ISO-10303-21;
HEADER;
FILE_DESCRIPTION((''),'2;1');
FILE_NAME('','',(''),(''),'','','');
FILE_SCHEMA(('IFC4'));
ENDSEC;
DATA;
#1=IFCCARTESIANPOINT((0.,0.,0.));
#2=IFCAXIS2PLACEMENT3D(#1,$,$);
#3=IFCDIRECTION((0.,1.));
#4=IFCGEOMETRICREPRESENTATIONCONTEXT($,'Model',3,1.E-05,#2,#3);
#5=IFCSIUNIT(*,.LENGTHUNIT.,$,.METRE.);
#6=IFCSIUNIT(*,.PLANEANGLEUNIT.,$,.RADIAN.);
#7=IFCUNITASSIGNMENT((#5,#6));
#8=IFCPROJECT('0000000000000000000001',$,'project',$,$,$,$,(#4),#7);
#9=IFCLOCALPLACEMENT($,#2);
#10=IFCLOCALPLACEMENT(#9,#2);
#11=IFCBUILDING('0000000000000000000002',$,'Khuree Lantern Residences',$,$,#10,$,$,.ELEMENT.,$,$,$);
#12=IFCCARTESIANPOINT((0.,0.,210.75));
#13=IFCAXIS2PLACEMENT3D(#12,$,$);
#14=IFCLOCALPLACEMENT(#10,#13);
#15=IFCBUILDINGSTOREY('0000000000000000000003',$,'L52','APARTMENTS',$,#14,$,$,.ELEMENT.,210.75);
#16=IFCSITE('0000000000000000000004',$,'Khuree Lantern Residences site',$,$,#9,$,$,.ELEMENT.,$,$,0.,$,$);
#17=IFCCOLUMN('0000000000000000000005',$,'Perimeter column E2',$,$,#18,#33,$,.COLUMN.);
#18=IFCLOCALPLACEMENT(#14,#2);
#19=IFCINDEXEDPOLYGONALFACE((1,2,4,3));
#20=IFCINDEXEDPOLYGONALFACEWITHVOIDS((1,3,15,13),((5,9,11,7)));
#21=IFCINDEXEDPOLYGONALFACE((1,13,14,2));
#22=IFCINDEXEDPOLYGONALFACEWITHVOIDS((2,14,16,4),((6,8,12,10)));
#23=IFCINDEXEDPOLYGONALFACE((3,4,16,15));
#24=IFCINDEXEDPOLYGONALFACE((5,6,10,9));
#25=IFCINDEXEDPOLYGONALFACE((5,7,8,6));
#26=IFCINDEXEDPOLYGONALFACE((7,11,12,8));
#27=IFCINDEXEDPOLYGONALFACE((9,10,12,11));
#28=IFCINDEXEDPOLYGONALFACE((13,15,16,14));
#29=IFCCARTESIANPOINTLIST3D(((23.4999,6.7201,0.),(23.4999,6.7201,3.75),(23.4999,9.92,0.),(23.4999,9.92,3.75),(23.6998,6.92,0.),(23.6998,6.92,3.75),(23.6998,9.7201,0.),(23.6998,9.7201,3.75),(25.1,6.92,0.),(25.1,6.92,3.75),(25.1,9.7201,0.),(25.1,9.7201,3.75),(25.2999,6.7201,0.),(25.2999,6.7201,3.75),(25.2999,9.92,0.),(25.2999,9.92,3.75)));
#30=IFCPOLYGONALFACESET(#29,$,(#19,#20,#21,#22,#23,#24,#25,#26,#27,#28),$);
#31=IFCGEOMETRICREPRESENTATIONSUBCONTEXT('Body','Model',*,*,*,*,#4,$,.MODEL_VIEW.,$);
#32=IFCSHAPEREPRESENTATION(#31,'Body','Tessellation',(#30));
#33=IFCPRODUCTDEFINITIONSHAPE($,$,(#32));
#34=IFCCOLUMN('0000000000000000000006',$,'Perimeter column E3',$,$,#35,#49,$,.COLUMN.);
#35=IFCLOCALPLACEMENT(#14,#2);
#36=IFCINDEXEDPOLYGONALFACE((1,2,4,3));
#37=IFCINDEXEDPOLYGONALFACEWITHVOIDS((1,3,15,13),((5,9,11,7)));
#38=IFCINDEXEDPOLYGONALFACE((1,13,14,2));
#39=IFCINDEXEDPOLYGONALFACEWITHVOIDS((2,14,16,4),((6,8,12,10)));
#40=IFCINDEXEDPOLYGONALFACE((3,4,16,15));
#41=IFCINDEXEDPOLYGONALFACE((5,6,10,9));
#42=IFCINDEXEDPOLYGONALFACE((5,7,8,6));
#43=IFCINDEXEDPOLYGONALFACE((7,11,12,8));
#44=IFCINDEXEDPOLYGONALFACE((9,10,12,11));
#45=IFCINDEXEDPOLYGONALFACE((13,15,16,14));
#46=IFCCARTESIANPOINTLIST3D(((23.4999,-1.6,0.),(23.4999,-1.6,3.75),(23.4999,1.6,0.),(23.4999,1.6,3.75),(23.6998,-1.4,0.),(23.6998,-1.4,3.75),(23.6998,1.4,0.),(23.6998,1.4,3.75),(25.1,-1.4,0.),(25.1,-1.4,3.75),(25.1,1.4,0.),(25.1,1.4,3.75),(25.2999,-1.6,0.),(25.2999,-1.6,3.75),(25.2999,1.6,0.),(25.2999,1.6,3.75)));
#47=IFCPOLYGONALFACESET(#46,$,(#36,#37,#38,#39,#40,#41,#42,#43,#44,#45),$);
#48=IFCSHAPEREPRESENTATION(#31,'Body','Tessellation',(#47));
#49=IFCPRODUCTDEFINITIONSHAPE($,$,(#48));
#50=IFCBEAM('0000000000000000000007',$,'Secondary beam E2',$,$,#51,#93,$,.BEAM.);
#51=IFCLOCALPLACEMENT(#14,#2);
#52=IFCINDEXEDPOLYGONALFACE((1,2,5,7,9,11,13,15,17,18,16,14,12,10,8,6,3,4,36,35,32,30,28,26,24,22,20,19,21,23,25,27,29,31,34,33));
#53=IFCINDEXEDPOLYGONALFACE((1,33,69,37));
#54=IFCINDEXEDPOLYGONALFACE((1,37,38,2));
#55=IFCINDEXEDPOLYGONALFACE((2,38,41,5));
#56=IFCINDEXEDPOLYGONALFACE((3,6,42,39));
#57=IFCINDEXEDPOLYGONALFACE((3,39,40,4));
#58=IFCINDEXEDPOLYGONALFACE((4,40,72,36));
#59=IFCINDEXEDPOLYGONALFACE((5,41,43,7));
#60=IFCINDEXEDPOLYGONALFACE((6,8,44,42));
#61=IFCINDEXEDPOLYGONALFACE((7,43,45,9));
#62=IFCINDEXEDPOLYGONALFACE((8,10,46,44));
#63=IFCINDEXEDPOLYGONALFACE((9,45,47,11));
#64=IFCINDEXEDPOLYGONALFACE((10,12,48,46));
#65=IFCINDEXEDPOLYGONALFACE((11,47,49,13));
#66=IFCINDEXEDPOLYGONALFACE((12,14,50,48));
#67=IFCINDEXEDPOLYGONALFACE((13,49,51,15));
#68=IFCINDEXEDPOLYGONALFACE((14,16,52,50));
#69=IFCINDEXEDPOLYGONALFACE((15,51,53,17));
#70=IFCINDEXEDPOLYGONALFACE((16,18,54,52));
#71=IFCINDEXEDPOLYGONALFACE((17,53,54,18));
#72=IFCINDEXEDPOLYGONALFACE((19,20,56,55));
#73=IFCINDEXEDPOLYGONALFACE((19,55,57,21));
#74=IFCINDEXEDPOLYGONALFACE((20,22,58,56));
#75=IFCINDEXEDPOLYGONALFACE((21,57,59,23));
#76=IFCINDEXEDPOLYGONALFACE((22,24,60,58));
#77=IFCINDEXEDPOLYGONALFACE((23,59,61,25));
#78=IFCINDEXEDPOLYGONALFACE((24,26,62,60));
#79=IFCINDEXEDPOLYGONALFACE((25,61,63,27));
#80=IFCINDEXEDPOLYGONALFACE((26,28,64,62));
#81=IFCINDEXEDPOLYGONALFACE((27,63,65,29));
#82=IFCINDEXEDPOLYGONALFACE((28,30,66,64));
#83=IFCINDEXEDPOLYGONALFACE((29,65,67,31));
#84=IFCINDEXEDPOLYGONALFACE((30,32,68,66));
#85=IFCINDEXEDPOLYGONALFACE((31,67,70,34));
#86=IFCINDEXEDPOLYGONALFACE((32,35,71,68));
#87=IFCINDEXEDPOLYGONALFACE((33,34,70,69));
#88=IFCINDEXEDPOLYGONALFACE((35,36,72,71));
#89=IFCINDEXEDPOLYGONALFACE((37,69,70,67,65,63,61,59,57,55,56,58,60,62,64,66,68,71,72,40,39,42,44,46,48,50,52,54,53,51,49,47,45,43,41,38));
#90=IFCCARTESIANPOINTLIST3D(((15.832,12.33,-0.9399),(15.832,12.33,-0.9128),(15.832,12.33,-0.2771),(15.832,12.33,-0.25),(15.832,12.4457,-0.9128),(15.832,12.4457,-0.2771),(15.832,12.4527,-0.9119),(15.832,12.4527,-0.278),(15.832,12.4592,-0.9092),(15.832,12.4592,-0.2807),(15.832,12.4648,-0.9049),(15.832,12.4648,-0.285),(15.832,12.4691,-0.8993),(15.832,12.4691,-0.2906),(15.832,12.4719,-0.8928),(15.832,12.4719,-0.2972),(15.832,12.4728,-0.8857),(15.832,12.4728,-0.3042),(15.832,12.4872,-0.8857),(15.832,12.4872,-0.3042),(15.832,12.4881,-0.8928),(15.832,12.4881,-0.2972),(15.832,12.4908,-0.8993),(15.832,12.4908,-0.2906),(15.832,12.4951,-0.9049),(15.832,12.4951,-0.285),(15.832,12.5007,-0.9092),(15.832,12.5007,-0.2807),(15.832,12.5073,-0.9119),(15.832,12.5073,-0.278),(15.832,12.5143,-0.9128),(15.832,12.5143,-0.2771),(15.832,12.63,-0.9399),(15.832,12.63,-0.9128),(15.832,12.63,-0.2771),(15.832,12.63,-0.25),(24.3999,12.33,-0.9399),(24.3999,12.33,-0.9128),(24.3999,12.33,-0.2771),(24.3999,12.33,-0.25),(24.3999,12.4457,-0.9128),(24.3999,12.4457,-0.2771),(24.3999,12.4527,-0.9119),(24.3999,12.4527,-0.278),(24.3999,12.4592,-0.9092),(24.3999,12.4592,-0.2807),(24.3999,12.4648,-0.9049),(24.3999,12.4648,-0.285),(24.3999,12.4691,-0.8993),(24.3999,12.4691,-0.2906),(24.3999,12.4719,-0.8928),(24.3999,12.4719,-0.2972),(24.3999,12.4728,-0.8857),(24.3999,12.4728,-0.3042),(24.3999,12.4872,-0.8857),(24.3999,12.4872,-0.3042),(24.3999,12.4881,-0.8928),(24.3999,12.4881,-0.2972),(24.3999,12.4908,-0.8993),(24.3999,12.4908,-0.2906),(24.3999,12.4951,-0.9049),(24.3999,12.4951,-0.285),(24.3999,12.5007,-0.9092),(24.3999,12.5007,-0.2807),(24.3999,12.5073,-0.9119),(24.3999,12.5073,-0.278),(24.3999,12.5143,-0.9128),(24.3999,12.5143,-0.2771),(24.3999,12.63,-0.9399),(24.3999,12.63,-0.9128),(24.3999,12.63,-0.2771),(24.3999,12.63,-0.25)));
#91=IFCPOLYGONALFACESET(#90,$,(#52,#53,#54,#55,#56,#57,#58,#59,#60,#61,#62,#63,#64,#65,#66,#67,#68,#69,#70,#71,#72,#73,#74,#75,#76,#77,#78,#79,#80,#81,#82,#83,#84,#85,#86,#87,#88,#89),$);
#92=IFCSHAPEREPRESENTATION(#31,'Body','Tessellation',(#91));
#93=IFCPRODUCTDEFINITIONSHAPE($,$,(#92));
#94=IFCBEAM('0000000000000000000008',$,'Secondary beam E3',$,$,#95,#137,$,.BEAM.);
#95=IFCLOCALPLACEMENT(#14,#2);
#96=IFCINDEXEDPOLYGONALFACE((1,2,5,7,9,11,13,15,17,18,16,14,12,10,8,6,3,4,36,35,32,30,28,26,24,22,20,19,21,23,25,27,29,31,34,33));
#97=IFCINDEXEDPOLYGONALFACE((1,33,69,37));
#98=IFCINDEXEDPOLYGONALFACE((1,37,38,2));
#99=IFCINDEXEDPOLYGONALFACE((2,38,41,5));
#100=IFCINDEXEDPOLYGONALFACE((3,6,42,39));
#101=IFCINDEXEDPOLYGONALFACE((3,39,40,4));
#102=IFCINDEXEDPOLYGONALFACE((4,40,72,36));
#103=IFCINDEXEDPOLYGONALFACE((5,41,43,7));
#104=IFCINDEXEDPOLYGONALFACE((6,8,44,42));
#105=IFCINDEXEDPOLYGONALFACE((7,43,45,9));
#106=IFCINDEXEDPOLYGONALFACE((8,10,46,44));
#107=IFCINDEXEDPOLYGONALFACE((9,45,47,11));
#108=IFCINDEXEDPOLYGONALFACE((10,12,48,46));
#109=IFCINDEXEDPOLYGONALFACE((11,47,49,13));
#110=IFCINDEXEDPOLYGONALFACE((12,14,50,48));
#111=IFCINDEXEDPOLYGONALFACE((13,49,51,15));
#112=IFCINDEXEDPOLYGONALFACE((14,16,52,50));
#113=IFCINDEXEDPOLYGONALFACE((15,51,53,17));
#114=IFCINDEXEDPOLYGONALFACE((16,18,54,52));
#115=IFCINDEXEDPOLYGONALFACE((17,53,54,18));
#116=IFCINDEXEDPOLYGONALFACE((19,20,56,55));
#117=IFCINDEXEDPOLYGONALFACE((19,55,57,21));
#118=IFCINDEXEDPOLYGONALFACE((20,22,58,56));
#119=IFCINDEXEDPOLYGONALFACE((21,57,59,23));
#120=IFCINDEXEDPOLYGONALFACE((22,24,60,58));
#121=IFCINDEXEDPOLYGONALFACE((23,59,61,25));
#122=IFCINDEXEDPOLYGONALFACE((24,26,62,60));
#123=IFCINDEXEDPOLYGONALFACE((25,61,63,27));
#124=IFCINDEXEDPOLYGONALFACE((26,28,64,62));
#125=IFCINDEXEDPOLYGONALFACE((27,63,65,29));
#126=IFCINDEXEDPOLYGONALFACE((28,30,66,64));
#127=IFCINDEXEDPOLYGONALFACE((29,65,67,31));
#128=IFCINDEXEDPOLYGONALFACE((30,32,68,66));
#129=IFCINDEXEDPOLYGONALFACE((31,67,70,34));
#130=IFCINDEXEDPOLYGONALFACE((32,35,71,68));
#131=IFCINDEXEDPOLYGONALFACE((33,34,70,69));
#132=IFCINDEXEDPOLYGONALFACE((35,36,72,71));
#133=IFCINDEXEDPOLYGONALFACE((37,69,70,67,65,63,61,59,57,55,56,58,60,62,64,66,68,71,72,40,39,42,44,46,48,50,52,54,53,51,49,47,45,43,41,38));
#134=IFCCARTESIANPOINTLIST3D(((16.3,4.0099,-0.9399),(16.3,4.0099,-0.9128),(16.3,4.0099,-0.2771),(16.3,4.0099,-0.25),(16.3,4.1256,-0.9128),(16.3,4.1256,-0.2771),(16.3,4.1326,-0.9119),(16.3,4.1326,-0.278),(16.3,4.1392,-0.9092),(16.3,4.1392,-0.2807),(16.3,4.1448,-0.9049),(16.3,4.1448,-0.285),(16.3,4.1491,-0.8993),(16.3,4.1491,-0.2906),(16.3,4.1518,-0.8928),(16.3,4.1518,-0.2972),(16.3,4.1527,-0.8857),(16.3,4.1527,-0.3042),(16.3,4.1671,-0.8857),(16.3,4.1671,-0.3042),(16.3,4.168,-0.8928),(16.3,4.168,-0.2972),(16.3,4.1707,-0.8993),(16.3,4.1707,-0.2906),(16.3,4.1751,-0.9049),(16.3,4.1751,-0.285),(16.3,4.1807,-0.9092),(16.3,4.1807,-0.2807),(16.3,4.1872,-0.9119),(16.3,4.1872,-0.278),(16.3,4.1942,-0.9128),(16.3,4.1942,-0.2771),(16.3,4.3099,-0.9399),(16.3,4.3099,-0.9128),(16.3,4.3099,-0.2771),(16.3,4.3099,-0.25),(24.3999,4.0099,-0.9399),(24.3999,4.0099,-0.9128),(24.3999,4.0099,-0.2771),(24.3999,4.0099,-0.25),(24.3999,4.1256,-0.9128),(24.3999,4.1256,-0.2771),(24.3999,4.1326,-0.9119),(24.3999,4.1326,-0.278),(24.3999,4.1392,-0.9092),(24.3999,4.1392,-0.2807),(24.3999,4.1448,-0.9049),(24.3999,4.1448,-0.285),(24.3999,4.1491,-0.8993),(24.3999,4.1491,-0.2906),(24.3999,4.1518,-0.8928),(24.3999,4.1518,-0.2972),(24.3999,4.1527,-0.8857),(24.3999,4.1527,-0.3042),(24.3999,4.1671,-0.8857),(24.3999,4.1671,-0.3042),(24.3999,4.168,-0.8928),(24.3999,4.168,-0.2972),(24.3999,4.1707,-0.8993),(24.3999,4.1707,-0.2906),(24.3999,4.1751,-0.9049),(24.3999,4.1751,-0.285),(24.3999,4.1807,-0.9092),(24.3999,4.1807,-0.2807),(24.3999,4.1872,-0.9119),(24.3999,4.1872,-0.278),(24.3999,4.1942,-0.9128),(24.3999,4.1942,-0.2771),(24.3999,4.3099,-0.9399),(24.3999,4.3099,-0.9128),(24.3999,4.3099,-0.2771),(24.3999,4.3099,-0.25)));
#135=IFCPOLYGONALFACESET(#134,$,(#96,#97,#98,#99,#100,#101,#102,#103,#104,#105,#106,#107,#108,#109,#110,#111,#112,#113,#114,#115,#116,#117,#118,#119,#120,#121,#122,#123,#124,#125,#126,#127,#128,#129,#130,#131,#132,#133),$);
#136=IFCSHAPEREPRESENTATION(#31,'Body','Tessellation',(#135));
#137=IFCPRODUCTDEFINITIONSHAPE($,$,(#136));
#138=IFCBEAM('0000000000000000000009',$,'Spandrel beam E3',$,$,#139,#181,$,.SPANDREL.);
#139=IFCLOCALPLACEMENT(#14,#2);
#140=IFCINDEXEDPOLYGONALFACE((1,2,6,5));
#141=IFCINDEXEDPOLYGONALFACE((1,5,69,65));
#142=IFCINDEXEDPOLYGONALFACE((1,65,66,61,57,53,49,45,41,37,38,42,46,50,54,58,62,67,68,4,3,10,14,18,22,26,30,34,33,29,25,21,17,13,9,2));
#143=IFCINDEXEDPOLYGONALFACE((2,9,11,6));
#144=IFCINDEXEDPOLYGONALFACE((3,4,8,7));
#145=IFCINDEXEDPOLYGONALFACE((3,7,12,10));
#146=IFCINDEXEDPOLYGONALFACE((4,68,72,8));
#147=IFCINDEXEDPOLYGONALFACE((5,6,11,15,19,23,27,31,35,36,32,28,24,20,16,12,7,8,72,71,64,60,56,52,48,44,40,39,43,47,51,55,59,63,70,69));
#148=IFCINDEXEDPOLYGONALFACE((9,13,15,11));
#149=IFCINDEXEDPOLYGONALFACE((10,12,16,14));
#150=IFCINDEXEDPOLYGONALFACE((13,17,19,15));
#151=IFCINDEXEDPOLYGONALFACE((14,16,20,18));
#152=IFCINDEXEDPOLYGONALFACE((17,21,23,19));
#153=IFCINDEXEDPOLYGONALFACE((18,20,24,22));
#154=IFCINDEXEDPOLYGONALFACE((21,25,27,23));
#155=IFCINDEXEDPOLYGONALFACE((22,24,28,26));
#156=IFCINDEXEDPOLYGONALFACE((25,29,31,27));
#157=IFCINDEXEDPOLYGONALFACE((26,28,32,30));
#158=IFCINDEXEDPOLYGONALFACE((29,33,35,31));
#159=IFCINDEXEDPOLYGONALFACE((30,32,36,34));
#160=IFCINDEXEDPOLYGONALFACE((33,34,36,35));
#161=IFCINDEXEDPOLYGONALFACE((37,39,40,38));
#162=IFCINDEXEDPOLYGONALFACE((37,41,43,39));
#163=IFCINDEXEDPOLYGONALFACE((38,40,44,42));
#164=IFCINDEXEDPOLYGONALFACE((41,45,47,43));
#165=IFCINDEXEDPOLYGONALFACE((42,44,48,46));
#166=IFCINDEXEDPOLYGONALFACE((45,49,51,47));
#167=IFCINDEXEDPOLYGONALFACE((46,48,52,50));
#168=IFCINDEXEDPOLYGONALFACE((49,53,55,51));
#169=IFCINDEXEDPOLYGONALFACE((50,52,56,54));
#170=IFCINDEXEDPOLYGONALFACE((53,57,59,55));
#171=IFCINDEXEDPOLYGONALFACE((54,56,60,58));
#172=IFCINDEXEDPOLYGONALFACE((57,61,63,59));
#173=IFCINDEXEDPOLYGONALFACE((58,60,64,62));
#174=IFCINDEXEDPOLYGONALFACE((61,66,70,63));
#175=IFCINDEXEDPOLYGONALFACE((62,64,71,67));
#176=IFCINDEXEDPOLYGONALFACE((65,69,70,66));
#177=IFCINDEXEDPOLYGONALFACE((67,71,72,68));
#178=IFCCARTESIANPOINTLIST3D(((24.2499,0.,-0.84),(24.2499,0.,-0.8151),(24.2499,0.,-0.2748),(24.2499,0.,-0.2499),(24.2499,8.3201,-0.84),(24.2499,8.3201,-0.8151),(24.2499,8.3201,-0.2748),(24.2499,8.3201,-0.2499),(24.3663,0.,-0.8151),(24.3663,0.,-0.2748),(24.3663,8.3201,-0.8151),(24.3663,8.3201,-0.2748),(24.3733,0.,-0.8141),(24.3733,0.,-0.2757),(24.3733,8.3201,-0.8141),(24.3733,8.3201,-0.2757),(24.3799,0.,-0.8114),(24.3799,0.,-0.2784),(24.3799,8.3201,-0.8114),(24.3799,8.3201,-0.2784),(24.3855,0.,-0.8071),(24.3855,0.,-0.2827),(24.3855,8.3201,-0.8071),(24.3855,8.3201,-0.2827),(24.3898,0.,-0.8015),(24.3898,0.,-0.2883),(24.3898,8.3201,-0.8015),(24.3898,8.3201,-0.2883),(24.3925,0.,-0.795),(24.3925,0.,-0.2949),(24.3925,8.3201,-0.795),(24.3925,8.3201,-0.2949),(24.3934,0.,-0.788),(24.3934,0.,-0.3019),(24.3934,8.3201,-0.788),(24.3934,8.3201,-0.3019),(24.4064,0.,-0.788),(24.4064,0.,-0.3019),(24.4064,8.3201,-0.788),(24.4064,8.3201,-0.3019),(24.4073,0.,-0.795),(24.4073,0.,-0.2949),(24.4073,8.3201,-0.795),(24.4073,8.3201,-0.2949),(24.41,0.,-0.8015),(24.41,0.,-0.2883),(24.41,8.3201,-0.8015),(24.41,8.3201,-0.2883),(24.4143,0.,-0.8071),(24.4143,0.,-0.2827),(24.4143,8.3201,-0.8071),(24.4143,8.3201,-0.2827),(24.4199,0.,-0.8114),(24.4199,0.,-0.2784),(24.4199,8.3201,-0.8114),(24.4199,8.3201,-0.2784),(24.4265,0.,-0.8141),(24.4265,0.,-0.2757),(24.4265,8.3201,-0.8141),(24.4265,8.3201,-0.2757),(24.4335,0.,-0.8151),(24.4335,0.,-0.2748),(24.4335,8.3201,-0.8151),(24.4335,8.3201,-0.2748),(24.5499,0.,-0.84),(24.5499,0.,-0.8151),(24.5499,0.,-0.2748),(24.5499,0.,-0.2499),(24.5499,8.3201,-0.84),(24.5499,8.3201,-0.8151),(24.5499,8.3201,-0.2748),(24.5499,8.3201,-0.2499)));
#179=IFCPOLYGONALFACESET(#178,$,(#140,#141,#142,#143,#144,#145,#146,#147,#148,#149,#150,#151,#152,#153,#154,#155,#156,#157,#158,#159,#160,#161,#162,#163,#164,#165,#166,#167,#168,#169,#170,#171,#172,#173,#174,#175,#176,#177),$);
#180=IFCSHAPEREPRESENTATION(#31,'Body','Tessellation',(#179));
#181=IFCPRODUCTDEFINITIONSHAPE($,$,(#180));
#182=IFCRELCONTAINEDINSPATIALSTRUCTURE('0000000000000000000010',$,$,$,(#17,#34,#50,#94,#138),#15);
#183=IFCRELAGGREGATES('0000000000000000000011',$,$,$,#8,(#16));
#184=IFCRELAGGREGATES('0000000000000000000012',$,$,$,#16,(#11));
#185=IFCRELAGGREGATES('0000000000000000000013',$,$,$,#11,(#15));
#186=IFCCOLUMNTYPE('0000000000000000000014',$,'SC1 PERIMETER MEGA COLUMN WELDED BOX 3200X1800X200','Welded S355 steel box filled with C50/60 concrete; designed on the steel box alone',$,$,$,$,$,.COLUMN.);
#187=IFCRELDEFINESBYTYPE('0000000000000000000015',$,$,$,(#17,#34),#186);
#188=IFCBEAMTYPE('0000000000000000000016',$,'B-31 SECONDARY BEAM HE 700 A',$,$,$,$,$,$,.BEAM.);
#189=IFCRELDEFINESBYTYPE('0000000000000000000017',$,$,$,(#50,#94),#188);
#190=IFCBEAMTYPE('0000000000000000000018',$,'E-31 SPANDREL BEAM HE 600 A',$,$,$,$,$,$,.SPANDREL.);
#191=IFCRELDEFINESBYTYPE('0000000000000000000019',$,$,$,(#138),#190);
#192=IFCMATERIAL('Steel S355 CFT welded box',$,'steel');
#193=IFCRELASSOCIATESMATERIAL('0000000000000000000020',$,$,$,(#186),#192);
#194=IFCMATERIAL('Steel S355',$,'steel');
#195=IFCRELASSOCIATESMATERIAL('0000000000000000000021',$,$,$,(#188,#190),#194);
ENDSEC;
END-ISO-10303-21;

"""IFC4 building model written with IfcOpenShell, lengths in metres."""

from ifc_helpers import new_model, si_unit, direction, frame, origin, origin_2d, place, context, subcontext, project, spatial, hollow_rectangle, i_section, extrude, material, material_profile, profile_set, type_object, element, save


model = new_model("IFC4")

# Units and contexts
model_context = context("Model", 3, precision=1e-05, world=origin(), true_north=direction((0.0, 1.0)))
body_context = subcontext(model_context, "Body", "Model", "MODEL_VIEW")
ifc_project = project(units=[si_unit("LENGTHUNIT", "METRE"), si_unit("PLANEANGLEUNIT", "RADIAN")], contexts=[model_context])

# Site, building, storey
site_placement = place(None, origin())
site = spatial("IfcSite", under=ifc_project, at=site_placement, Name="Khuree Lantern Residences site", CompositionType="ELEMENT", RefElevation=0.0)
building_placement = place(site_placement, origin())
building = spatial("IfcBuilding", under=site, at=building_placement, Name="Khuree Lantern Residences", CompositionType="ELEMENT")
storey_placement = place(building_placement, frame((0.0, 0.0, 210.75)))
storey = spatial("IfcBuildingStorey", under=building, at=storey_placement, Name="L52", Description="APARTMENTS", CompositionType="ELEMENT", Elevation=210.75)

# Columns
ifc_material_1 = material(Name="Steel S355 CFT welded box", Category="steel")
ifc_material_profile_1 = material_profile(ifc_material_1, hollow_rectangle(XDim=3.2, YDim=1.8, WallThickness=0.2, at=origin_2d()), Name="WELDED BOX 3200X1800X200")
ifc_profile_set_1 = profile_set([ifc_material_profile_1], Name="Steel S355 CFT welded box")
column_type = type_object("IfcColumnType", Name="SC1 PERIMETER MEGA COLUMN WELDED BOX 3200X1800X200", Description="Welded S355 steel box filled with C50/60 concrete; designed on the steel box alone", PredefinedType="COLUMN", material=ifc_profile_set_1)
for number, where, z_axis, x_axis, name in (
    (1, (24.3999, 8.3201, 0.0), (0.0, 0.0, 1.0), (0.0, 1.0, 0.0), "Perimeter column E2"),
    (2, (24.3999, 0.0, 0.0), (0.0, 0.0, 1.0), (0.0, 1.0, 0.0), "Perimeter column E3"),
):
    element("IfcColumn", number, at=place(storey_placement, frame(where, z_axis=z_axis, x_axis=x_axis)), inside=storey, type_object=column_type, Name=name, PredefinedType="COLUMN", context=body_context, shape_type="SweptSolid", body=[
        extrude(hollow_rectangle(XDim=3.2, YDim=1.8, WallThickness=0.2, at=origin_2d()), origin(), (0.0, 0.0, 1.0), 3.75),
    ])

# Beams
ifc_material_2 = material(Name="Steel S355", Category="steel")
ifc_material_profile_2 = material_profile(ifc_material_2, i_section(OverallWidth=0.3, OverallDepth=0.6899, WebThickness=0.0144, FlangeThickness=0.0271, FilletRadius=0.0271, at=origin_2d()), Name="HE 700 A")
ifc_profile_set_2 = profile_set([ifc_material_profile_2], Name="Steel S355")
beam_type_1 = type_object("IfcBeamType", Name="B-31 SECONDARY BEAM HE 700 A", PredefinedType="BEAM", material=ifc_profile_set_2)
beam_1_placement = place(storey_placement, frame((24.3999, 12.48, -0.595), z_axis=(-1.0, 0.0, 0.0), x_axis=(0.0, -1.0, 0.0)))
element("IfcBeam", 3, at=beam_1_placement, inside=storey, type_object=beam_type_1, Name="Secondary beam E2", PredefinedType="BEAM", context=body_context, shape_type="SweptSolid", body=[
    extrude(i_section(OverallWidth=0.3, OverallDepth=0.6899, WebThickness=0.0144, FlangeThickness=0.0271, FilletRadius=0.0271, at=origin_2d()), origin(), (0.0, 0.0, 1.0), 8.5679),
])
beam_2_placement = place(storey_placement, frame((24.3999, 4.1599, -0.595), z_axis=(-1.0, 0.0, 0.0), x_axis=(0.0, -1.0, 0.0)))
element("IfcBeam", 4, at=beam_2_placement, inside=storey, type_object=beam_type_1, Name="Secondary beam E3", PredefinedType="BEAM", context=body_context, shape_type="SweptSolid", body=[
    extrude(i_section(OverallWidth=0.3, OverallDepth=0.6899, WebThickness=0.0144, FlangeThickness=0.0271, FilletRadius=0.0271, at=origin_2d()), origin(), (0.0, 0.0, 1.0), 8.0999),
])
ifc_material_profile_3 = material_profile(ifc_material_2, i_section(OverallWidth=0.3, OverallDepth=0.5901, WebThickness=0.0129, FlangeThickness=0.0249, FilletRadius=0.0271, at=origin_2d()), Name="HE 600 A")
ifc_profile_set_3 = profile_set([ifc_material_profile_3], Name="Steel S355")
beam_type_2 = type_object("IfcBeamType", Name="E-31 SPANDREL BEAM HE 600 A", PredefinedType="SPANDREL", material=ifc_profile_set_3)
for number, where, z_axis, x_axis, name in (
    (5, (24.3999, 8.3201, -0.5449), (0.0, -1.0, 0.0), (1.0, 0.0, 0.0), "Spandrel beam E3"),
):
    element("IfcBeam", number, at=place(storey_placement, frame(where, z_axis=z_axis, x_axis=x_axis)), inside=storey, type_object=beam_type_2, Name=name, PredefinedType="SPANDREL", context=body_context, shape_type="SweptSolid", body=[
        extrude(i_section(OverallWidth=0.3, OverallDepth=0.5901, WebThickness=0.0129, FlangeThickness=0.0249, FilletRadius=0.0271, at=origin_2d()), origin(), (0.0, 0.0, 1.0), 8.3201),
    ])

save(model, "model.ifc")
